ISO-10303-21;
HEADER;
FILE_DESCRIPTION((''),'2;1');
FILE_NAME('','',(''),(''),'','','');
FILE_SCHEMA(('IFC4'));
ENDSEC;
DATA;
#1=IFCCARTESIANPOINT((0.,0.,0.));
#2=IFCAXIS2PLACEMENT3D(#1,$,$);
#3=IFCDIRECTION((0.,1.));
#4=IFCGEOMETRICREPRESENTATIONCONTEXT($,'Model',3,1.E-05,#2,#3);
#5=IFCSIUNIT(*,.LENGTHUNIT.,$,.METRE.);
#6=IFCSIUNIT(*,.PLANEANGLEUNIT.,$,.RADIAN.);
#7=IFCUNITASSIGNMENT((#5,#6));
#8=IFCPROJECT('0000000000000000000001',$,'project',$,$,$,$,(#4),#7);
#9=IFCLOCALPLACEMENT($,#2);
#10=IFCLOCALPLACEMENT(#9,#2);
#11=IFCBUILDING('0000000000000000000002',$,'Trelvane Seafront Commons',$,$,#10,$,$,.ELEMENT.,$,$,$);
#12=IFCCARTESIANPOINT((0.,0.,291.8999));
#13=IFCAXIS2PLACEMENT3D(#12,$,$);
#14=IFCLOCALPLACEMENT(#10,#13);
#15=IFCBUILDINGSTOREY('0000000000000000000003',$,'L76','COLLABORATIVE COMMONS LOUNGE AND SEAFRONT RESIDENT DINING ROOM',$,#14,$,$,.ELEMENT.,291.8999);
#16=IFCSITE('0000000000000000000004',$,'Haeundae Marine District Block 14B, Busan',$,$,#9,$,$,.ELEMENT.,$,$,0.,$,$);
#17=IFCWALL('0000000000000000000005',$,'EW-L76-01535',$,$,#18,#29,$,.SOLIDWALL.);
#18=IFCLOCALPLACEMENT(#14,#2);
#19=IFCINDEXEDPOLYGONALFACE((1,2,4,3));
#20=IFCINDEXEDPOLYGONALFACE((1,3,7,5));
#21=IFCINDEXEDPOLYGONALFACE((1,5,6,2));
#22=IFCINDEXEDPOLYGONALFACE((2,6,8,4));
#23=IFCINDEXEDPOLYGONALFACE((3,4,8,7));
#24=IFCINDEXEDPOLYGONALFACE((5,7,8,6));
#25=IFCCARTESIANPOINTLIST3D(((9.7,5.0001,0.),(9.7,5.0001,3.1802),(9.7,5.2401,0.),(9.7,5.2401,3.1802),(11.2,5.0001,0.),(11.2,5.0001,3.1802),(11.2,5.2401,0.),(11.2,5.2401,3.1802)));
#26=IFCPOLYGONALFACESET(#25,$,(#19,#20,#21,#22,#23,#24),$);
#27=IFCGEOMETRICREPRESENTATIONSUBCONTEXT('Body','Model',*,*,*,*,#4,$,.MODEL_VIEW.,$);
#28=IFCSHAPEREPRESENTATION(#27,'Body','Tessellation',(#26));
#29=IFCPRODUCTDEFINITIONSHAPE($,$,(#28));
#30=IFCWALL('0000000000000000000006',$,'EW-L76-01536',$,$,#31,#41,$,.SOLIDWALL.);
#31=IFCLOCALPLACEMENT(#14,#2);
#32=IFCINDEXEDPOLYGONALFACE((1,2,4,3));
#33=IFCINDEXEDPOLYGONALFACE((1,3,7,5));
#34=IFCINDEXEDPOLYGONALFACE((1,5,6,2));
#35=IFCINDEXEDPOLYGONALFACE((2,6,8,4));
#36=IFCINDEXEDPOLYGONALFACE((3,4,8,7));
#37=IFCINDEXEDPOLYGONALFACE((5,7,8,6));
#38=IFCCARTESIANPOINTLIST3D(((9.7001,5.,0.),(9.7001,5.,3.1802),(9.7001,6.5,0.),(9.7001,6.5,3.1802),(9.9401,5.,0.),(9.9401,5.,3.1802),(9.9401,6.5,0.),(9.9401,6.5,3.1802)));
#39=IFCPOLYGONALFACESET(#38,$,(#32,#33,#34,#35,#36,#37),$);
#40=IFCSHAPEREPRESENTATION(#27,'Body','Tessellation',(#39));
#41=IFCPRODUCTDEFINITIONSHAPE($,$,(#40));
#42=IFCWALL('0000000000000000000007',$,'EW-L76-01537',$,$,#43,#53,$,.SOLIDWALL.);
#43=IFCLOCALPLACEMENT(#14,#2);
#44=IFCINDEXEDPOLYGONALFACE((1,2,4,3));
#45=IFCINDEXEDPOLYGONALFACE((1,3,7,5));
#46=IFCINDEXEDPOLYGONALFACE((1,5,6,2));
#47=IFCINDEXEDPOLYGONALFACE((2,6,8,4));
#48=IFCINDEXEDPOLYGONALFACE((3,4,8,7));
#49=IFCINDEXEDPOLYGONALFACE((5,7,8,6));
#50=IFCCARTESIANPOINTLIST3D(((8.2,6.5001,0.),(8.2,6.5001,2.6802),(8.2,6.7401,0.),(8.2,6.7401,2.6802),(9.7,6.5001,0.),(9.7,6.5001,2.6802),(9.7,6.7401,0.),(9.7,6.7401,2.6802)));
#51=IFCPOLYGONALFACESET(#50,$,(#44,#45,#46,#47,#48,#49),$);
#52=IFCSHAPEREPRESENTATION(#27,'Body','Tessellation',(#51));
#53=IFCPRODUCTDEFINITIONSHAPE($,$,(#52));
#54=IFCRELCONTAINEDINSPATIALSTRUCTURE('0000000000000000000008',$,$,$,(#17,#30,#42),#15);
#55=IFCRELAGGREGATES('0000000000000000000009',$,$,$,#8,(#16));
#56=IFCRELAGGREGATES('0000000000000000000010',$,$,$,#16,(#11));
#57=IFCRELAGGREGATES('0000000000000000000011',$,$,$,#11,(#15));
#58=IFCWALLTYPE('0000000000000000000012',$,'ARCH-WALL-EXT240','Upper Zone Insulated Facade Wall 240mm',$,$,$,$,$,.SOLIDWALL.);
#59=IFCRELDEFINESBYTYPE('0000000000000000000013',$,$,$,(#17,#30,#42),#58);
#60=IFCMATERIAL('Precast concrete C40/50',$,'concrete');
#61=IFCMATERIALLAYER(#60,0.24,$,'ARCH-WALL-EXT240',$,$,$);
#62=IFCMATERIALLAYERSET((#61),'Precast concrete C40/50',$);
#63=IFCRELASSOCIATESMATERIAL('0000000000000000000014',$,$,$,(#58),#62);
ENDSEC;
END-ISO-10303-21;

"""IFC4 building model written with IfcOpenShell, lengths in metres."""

from ifc_helpers import new_model, si_unit, direction, frame, frame_2d, origin, place, context, subcontext, project, spatial, rectangle, extrude, material, layer, layer_set, type_object, element, save


model = new_model("IFC4")

# Units and contexts
model_context = context("Model", 3, precision=1e-05, world=origin(), true_north=direction((0.0, 1.0)))
body_context = subcontext(model_context, "Body", "Model", "MODEL_VIEW")
ifc_project = project(units=[si_unit("LENGTHUNIT", "METRE"), si_unit("PLANEANGLEUNIT", "RADIAN")], contexts=[model_context])

# Site, building, storey
site_placement = place(None, origin())
site = spatial("IfcSite", under=ifc_project, at=site_placement, Name="Haeundae Marine District Block 14B, Busan", CompositionType="ELEMENT", RefElevation=0.0)
building_placement = place(site_placement, origin())
building = spatial("IfcBuilding", under=site, at=building_placement, Name="Trelvane Seafront Commons", CompositionType="ELEMENT")
storey_placement = place(building_placement, frame((0.0, 0.0, 291.8999)))
storey = spatial("IfcBuildingStorey", under=building, at=storey_placement, Name="L76", Description="COLLABORATIVE COMMONS LOUNGE AND SEAFRONT RESIDENT DINING ROOM", CompositionType="ELEMENT", Elevation=291.8999)

# Walls
ifc_material_1 = material(Name="Precast concrete C40/50", Category="concrete")
ifc_layer_1 = layer(ifc_material_1, 0.24, Name="ARCH-WALL-EXT240")
ifc_layer_set_1 = layer_set([ifc_layer_1], Name="Precast concrete C40/50")
wall_type_1 = type_object("IfcWallType", Name="ARCH-WALL-EXT240", Description="Upper Zone Insulated Facade Wall 240mm", PredefinedType="SOLIDWALL", material=ifc_layer_set_1)
for number, where, z_axis, x_axis, name in (
    (1, (11.2, 5.1201, 0.0), (0.0, 0.0, 1.0), (-1.0, 0.0, 0.0), "EW-L76-01535"),
    (2, (9.8201, 5.0, 0.0), (0.0, 0.0, 1.0), (0.0, 1.0, 0.0), "EW-L76-01536"),
):
    element("IfcWall", number, at=place(storey_placement, frame(where, z_axis=z_axis, x_axis=x_axis)), inside=storey, type_object=wall_type_1, Name=name, PredefinedType="SOLIDWALL", context=body_context, shape_type="SweptSolid", body=[
        extrude(rectangle(XDim=1.5, YDim=0.24, at=frame_2d((0.75, 0.0))), origin(), (0.0, 0.0, 1.0), 3.1802),
    ])
wall_1_placement = place(storey_placement, frame((9.7, 6.6201, 0.0), z_axis=(0.0, 0.0, 1.0), x_axis=(-1.0, 0.0, 0.0)))
element("IfcWall", 3, at=wall_1_placement, inside=storey, type_object=wall_type_1, Name="EW-L76-01537", PredefinedType="SOLIDWALL", context=body_context, shape_type="SweptSolid", body=[
    extrude(rectangle(XDim=1.5, YDim=0.24, at=frame_2d((0.75, 0.0))), origin(), (0.0, 0.0, 1.0), 2.6802),
])

save(model, "model.ifc")
